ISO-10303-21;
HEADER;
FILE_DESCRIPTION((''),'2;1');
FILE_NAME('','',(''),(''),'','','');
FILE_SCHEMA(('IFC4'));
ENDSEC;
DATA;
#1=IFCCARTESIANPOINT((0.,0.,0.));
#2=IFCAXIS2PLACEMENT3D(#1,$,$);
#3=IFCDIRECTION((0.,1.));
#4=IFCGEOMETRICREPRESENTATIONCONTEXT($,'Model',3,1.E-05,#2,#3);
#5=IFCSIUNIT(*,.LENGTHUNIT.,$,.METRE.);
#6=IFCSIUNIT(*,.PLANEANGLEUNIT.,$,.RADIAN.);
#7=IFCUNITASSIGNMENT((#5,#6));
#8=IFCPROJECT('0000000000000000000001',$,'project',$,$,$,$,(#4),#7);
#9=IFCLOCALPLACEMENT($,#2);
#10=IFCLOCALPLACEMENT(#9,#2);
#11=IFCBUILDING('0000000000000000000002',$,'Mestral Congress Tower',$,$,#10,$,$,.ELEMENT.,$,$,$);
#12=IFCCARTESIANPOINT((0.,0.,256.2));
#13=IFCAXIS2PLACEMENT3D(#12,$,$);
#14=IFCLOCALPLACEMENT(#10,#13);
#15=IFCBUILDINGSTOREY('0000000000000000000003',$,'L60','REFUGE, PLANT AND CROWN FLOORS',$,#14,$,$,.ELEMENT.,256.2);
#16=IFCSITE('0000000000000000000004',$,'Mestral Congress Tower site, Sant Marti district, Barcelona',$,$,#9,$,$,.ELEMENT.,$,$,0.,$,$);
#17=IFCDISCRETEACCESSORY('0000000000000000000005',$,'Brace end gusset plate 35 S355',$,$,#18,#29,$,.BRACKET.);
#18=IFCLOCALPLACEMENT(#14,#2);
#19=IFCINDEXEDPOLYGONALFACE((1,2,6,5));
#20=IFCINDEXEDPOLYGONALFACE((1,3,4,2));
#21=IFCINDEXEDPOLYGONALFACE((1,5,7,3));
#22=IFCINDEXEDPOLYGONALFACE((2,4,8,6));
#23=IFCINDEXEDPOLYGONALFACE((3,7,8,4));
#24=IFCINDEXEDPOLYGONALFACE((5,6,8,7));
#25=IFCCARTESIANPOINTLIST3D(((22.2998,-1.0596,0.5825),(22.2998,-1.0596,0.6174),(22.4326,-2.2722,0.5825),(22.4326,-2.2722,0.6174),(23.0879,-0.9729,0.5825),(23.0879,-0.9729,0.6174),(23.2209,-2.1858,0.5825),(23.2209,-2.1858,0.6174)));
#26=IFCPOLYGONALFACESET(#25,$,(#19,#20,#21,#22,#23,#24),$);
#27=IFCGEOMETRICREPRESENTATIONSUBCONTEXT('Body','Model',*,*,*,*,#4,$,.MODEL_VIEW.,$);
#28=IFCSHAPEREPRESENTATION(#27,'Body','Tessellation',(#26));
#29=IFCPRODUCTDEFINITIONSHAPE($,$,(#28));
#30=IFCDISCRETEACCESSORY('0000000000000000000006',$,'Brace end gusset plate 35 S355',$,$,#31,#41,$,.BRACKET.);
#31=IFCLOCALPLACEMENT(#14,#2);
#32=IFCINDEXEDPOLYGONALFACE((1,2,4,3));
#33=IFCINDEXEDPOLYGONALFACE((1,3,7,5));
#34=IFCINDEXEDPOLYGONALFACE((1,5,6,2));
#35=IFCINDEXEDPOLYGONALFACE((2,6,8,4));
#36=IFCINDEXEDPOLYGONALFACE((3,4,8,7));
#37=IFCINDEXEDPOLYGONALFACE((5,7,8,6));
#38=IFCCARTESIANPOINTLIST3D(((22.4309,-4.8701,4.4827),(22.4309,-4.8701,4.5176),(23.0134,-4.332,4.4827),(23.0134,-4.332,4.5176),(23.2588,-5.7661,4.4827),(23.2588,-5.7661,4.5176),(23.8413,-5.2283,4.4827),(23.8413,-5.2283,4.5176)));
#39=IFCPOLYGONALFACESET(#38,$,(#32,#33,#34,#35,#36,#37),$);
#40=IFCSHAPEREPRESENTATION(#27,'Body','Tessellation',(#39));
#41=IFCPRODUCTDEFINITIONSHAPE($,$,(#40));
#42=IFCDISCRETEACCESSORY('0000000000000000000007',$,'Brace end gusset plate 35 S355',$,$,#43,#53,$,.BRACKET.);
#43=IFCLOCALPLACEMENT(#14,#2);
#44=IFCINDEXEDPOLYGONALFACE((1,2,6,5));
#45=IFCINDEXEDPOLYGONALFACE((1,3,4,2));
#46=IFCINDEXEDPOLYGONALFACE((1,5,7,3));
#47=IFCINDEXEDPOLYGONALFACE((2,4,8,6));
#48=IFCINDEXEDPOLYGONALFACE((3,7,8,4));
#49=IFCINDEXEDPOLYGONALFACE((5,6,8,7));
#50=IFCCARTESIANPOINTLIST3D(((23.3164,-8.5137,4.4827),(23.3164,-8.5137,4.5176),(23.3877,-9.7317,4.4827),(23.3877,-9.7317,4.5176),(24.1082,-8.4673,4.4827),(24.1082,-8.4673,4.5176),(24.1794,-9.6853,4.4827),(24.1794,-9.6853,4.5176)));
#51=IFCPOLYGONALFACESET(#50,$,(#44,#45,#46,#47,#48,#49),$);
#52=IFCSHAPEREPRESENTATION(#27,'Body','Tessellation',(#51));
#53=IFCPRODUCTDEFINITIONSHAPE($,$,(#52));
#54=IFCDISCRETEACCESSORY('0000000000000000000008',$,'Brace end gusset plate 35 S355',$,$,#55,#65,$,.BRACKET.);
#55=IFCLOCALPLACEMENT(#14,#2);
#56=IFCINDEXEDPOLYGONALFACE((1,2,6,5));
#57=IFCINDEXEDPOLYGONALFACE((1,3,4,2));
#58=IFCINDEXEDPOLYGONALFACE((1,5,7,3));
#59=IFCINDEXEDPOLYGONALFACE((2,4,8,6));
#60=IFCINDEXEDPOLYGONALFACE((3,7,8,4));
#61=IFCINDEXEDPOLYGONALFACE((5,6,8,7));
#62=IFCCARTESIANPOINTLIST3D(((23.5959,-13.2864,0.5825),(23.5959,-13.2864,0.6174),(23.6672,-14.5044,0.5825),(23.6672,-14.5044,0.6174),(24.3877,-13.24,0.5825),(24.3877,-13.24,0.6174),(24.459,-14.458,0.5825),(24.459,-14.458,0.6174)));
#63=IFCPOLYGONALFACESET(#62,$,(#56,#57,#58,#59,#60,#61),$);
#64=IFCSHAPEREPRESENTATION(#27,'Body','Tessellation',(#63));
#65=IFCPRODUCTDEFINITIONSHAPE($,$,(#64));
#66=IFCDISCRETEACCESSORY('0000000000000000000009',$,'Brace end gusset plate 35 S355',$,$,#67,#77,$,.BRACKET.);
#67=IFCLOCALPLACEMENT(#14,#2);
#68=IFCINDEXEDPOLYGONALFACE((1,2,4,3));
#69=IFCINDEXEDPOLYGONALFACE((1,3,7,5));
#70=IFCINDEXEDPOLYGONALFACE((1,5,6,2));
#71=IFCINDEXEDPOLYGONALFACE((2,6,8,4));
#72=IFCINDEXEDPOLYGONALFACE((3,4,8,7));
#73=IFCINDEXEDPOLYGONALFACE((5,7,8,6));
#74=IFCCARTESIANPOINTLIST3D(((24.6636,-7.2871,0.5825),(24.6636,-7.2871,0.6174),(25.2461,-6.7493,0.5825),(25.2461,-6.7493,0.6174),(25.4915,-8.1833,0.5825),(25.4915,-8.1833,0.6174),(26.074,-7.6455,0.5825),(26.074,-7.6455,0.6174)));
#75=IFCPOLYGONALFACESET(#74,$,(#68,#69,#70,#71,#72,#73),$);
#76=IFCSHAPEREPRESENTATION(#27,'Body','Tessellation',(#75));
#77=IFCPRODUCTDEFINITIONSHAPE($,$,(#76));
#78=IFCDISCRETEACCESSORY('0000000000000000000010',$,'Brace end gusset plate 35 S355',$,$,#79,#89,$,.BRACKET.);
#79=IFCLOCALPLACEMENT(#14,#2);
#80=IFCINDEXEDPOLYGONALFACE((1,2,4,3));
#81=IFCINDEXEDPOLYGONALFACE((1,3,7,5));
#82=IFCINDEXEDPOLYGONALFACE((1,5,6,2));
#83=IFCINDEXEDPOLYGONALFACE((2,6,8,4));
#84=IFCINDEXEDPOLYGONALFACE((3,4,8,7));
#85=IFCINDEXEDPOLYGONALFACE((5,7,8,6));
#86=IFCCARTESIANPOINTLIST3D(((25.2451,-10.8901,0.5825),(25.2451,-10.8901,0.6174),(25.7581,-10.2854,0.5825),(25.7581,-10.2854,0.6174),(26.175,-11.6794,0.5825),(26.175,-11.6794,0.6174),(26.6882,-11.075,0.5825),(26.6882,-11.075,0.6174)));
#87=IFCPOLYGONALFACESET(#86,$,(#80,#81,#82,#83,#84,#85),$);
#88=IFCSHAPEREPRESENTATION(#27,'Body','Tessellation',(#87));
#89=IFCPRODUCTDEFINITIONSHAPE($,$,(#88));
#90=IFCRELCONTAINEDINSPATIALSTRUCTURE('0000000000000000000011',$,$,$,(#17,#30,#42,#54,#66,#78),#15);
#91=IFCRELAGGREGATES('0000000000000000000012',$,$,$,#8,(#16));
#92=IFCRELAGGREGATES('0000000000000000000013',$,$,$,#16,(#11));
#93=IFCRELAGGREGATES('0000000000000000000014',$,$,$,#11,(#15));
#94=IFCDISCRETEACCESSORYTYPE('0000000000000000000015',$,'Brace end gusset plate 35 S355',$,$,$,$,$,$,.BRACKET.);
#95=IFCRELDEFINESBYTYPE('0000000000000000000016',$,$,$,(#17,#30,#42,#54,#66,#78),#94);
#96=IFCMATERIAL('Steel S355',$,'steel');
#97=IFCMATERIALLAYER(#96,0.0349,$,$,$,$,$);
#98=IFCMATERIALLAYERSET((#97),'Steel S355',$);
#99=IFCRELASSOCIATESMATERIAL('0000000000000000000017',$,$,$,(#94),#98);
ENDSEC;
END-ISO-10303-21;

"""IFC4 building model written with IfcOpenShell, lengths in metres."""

from ifc_helpers import new_model, si_unit, direction, frame, origin, place, context, subcontext, project, spatial, polyline, outline, extrude, material, layer, layer_set, type_object, element, save


model = new_model("IFC4")

# Units and contexts
model_context = context("Model", 3, precision=1e-05, world=origin(), true_north=direction((0.0, 1.0)))
body_context = subcontext(model_context, "Body", "Model", "MODEL_VIEW")
ifc_project = project(units=[si_unit("LENGTHUNIT", "METRE"), si_unit("PLANEANGLEUNIT", "RADIAN")], contexts=[model_context])

# Site, building, storey
site_placement = place(None, origin())
site = spatial("IfcSite", under=ifc_project, at=site_placement, Name="Mestral Congress Tower site, Sant Marti district, Barcelona", CompositionType="ELEMENT", RefElevation=0.0)
building_placement = place(site_placement, origin())
building = spatial("IfcBuilding", under=site, at=building_placement, Name="Mestral Congress Tower", CompositionType="ELEMENT")
storey_placement = place(building_placement, frame((0.0, 0.0, 256.2)))
storey = spatial("IfcBuildingStorey", under=building, at=storey_placement, Name="L60", Description="REFUGE, PLANT AND CROWN FLOORS", CompositionType="ELEMENT", Elevation=256.2)

# Discrete accessories
ifc_material_1 = material(Name="Steel S355", Category="steel")
ifc_layer_1 = layer(ifc_material_1, 0.0349)
ifc_layer_set_1 = layer_set([ifc_layer_1], Name="Steel S355")
discrete_accessory_type = type_object("IfcDiscreteAccessoryType", Name="Brace end gusset plate 35 S355", PredefinedType="BRACKET", material=ifc_layer_set_1)
placement_1 = place(storey_placement, frame((0.0, 0.0, 4.4827)))
placement_2 = place(storey_placement, frame((0.0, 0.0, 0.5825)))
element("IfcDiscreteAccessory", 1, at=placement_2, inside=storey, type_object=discrete_accessory_type, Name="Brace end gusset plate 35 S355", PredefinedType="BRACKET", context=body_context, shape_type="SweptSolid", body=[
    extrude(outline(polyline([(22.2998, -1.0596), (22.4326, -2.2722), (23.2209, -2.1858), (23.0879, -0.9729), (22.2998, -1.0596)])), origin(), (0.0, 0.0, 1.0), 0.0349),
])
element("IfcDiscreteAccessory", 2, at=placement_1, inside=storey, type_object=discrete_accessory_type, Name="Brace end gusset plate 35 S355", PredefinedType="BRACKET", context=body_context, shape_type="SweptSolid", body=[
    extrude(outline(polyline([(22.4309, -4.8701), (23.2588, -5.7661), (23.8413, -5.2283), (23.0134, -4.332), (22.4309, -4.8701)])), origin(), (0.0, 0.0, 1.0), 0.0349),
])
element("IfcDiscreteAccessory", 3, at=placement_1, inside=storey, type_object=discrete_accessory_type, Name="Brace end gusset plate 35 S355", PredefinedType="BRACKET", context=body_context, shape_type="SweptSolid", body=[
    extrude(outline(polyline([(23.3164, -8.5137), (23.3877, -9.7317), (24.1794, -9.6853), (24.1082, -8.4673), (23.3164, -8.5137)])), origin(), (0.0, 0.0, 1.0), 0.0349),
])
element("IfcDiscreteAccessory", 4, at=placement_2, inside=storey, type_object=discrete_accessory_type, Name="Brace end gusset plate 35 S355", PredefinedType="BRACKET", context=body_context, shape_type="SweptSolid", body=[
    extrude(outline(polyline([(24.459, -14.458), (24.3877, -13.24), (23.5959, -13.2864), (23.6672, -14.5044), (24.459, -14.458)])), origin(), (0.0, 0.0, 1.0), 0.0349),
])
element("IfcDiscreteAccessory", 5, at=placement_2, inside=storey, type_object=discrete_accessory_type, Name="Brace end gusset plate 35 S355", PredefinedType="BRACKET", context=body_context, shape_type="SweptSolid", body=[
    extrude(outline(polyline([(26.074, -7.6455), (25.2461, -6.7493), (24.6636, -7.2871), (25.4915, -8.1833), (26.074, -7.6455)])), origin(), (0.0, 0.0, 1.0), 0.0349),
])
element("IfcDiscreteAccessory", 6, at=placement_2, inside=storey, type_object=discrete_accessory_type, Name="Brace end gusset plate 35 S355", PredefinedType="BRACKET", context=body_context, shape_type="SweptSolid", body=[
    extrude(outline(polyline([(26.6882, -11.075), (25.7581, -10.2854), (25.2451, -10.8901), (26.175, -11.6794), (26.6882, -11.075)])), origin(), (0.0, 0.0, 1.0), 0.0349),
])

save(model, "model.ifc")
